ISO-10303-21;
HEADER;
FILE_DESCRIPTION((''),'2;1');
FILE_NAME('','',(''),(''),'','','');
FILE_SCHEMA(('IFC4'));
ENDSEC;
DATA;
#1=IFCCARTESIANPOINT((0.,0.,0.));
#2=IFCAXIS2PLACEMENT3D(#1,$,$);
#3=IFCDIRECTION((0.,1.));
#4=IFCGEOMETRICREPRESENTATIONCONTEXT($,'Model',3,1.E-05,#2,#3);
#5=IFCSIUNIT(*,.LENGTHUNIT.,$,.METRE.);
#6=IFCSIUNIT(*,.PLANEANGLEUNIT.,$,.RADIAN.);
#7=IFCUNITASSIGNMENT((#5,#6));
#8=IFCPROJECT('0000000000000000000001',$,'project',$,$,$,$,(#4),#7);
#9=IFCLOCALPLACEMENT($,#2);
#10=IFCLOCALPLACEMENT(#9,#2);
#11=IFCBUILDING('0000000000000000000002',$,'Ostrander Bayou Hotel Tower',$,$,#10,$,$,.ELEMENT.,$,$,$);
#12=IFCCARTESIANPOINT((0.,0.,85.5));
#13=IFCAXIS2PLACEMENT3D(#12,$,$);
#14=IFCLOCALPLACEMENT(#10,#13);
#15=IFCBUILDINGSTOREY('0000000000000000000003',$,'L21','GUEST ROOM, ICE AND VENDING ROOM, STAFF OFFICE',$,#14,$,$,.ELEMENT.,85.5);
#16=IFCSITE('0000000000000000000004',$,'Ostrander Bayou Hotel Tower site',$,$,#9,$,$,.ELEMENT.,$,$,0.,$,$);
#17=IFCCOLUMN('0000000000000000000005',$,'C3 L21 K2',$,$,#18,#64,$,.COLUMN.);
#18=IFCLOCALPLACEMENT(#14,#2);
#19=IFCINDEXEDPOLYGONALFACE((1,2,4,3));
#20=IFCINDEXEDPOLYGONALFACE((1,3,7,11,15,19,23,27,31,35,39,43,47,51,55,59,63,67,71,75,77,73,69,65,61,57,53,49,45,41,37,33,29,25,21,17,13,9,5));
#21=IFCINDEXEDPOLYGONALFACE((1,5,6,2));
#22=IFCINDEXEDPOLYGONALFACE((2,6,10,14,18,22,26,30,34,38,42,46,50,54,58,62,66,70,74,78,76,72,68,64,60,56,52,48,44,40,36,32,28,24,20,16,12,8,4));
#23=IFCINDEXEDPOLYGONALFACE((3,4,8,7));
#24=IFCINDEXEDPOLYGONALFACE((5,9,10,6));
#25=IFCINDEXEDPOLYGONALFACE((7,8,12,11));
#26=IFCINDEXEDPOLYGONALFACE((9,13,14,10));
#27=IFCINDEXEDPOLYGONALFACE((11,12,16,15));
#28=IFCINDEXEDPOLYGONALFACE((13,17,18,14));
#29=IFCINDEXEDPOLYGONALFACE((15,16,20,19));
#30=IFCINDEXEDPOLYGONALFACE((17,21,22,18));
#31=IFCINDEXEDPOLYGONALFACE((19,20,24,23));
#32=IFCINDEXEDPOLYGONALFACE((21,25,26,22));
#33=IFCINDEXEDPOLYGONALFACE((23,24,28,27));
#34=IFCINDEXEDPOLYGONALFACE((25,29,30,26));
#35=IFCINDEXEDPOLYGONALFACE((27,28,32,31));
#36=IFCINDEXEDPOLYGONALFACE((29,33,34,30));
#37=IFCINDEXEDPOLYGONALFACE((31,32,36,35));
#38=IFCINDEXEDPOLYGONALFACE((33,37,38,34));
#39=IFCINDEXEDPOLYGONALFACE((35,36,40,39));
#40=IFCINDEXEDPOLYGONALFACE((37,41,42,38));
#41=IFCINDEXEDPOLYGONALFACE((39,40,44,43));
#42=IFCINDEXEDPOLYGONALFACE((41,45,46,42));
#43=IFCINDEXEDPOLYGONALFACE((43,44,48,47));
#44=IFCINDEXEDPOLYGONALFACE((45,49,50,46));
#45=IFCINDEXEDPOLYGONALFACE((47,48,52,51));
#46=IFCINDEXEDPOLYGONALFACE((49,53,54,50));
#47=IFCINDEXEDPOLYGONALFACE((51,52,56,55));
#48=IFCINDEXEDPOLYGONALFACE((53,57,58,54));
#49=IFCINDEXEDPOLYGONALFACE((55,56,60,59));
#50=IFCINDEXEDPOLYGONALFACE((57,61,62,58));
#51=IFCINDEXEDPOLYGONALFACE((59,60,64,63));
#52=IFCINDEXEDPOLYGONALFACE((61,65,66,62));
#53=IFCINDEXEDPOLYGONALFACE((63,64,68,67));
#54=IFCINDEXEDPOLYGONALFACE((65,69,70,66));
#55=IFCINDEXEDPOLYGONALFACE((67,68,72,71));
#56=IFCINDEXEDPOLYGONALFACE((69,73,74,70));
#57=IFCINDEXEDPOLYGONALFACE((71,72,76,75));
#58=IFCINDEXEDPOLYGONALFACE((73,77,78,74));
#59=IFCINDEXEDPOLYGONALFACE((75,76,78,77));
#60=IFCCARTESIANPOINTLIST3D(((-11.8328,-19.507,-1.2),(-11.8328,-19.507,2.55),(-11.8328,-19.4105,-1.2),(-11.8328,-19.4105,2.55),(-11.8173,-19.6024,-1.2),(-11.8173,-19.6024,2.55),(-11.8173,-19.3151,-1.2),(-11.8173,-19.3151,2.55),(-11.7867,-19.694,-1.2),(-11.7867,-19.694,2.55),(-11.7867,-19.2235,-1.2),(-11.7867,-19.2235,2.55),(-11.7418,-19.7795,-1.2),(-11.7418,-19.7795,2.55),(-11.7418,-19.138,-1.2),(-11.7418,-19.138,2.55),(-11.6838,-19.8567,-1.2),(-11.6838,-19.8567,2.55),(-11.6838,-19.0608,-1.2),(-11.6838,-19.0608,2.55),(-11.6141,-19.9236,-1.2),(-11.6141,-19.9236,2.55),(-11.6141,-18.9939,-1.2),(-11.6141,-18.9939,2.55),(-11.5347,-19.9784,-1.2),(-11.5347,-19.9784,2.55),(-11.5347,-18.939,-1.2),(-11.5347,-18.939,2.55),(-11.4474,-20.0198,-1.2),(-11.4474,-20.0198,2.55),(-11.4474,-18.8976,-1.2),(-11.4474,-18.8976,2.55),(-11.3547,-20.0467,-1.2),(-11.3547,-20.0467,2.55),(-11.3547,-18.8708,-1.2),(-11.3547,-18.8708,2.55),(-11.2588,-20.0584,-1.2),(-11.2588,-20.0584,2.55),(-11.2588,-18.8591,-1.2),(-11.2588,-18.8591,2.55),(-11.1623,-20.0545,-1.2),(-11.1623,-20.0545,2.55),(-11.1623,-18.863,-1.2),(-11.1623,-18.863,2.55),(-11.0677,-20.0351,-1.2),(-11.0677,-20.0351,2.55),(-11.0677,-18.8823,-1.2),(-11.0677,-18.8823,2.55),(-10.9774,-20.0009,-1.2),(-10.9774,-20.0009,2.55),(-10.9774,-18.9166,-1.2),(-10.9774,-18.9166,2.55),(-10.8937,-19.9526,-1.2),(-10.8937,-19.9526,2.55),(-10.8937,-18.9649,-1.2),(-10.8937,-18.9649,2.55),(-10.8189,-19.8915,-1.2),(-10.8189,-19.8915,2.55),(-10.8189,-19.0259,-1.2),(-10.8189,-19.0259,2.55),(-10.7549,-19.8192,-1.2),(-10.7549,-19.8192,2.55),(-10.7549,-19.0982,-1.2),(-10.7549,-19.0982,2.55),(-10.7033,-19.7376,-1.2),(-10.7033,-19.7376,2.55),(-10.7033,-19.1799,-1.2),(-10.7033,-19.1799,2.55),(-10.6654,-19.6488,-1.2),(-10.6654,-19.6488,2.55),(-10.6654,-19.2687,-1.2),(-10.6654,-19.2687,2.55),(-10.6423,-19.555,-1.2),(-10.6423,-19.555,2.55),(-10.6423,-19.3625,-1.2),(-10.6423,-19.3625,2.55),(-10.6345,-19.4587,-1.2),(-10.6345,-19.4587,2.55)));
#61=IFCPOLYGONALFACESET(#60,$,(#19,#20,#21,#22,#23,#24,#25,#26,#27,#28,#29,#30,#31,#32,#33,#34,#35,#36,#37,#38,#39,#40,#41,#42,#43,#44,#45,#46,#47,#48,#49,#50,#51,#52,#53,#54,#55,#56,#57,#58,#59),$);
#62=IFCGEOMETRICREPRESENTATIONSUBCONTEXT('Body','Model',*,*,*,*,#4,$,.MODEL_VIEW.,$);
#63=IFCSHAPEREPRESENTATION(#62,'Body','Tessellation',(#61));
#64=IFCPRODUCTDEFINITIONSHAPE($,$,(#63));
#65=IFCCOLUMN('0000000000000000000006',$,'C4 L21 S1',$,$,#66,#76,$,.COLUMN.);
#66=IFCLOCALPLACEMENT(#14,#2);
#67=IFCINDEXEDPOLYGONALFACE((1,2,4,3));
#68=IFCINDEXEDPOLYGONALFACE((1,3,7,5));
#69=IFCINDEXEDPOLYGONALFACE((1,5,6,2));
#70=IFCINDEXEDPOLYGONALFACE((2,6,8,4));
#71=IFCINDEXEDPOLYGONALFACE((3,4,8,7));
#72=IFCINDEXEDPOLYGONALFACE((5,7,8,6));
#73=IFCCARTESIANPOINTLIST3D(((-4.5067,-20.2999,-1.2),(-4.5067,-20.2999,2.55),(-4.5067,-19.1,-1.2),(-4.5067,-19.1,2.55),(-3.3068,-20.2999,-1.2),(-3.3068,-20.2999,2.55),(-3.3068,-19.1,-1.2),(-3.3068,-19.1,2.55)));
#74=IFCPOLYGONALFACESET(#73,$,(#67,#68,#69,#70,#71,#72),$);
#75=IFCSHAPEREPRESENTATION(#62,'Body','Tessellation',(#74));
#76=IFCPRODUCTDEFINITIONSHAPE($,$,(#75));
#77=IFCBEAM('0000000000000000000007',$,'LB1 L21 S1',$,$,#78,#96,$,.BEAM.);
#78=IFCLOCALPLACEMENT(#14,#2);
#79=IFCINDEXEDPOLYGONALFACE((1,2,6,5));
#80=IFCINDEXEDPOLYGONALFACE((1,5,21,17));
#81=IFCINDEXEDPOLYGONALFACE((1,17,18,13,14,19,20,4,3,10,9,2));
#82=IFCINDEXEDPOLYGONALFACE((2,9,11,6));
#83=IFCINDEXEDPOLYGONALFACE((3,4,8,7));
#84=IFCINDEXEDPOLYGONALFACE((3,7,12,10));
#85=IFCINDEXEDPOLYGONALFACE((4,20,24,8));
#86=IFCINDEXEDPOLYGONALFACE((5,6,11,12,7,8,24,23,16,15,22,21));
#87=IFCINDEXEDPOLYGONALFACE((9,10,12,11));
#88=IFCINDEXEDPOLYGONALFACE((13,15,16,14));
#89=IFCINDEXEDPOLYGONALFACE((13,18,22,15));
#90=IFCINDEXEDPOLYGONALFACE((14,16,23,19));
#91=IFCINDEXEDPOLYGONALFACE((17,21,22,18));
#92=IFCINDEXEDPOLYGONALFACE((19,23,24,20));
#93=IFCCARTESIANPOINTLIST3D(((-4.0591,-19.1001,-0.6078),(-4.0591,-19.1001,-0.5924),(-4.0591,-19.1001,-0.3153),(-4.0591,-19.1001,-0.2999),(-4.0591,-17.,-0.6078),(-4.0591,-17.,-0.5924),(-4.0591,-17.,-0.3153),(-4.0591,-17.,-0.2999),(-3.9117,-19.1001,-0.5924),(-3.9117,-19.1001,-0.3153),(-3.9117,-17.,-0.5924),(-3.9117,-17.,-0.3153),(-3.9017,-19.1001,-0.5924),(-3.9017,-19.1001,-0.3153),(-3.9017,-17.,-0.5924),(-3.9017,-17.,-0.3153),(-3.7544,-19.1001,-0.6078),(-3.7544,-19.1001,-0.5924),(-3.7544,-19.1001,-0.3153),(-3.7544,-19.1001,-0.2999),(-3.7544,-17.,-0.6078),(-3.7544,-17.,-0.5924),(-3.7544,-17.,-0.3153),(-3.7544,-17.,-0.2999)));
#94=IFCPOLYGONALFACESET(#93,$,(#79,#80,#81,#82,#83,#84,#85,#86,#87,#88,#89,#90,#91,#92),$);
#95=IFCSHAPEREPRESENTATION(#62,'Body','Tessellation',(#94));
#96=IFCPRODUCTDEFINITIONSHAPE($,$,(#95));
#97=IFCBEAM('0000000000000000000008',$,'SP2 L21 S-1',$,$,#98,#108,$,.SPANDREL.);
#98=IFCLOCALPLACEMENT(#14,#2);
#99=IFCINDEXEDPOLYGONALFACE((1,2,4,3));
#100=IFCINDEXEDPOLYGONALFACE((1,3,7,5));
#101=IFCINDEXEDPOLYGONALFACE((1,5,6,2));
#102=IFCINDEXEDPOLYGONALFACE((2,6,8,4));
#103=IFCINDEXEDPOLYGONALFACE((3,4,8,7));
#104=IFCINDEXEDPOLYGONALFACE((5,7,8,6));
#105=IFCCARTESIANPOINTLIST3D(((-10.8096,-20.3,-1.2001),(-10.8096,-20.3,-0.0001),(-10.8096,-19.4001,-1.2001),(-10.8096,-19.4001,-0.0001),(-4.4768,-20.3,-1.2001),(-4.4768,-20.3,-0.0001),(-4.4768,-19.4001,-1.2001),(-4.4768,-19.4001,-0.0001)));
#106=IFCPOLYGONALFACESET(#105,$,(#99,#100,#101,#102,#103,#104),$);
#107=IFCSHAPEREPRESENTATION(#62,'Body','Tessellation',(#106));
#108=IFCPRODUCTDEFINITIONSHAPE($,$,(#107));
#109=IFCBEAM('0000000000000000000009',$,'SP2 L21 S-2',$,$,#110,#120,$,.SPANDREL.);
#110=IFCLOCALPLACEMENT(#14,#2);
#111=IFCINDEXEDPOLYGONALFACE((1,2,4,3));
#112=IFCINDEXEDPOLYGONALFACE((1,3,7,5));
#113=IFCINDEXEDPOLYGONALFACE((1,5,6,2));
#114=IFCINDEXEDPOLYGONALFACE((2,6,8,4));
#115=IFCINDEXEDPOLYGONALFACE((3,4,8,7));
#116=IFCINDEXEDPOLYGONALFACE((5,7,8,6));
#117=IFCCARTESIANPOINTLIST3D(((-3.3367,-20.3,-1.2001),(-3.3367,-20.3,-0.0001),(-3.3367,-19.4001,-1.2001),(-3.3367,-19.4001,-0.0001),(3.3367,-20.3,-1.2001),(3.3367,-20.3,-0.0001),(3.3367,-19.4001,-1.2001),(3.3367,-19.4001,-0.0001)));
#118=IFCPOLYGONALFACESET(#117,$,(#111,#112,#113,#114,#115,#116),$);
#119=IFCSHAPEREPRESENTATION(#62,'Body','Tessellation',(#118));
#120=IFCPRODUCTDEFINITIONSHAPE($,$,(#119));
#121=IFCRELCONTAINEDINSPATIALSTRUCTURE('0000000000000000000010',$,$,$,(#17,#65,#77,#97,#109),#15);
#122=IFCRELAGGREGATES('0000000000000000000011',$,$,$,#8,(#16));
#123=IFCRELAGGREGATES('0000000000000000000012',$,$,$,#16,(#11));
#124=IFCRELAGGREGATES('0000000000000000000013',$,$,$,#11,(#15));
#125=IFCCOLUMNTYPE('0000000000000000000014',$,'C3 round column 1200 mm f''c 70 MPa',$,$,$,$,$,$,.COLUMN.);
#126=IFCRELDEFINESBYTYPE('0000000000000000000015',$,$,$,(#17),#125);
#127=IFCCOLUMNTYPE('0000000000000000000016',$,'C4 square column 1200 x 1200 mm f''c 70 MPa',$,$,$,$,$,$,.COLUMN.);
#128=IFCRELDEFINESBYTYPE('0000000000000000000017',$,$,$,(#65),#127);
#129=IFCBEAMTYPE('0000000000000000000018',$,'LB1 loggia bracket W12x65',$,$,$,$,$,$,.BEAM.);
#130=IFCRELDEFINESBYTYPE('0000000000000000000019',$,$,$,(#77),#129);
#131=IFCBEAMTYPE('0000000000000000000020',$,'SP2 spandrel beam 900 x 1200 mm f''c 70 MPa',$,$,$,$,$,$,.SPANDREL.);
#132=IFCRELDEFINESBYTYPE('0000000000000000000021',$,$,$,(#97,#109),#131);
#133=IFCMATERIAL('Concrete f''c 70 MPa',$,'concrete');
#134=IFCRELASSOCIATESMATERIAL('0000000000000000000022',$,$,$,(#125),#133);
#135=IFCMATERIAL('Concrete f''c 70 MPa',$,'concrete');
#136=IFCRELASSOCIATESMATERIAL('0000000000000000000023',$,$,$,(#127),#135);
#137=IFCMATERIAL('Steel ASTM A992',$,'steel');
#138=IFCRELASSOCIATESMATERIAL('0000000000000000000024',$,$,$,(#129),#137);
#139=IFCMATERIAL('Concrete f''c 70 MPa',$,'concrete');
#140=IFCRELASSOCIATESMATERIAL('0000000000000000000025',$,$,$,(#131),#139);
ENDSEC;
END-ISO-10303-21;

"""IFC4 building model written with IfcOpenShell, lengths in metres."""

from ifc_helpers import new_model, si_unit, direction, frame, origin, origin_2d, place, context, subcontext, project, spatial, rectangle, circle, i_section, extrude, material, material_profile, profile_set, type_object, element, save


model = new_model("IFC4")

# Units and contexts
model_context = context("Model", 3, precision=1e-05, world=origin(), true_north=direction((0.0, 1.0)))
body_context = subcontext(model_context, "Body", "Model", "MODEL_VIEW")
ifc_project = project(units=[si_unit("LENGTHUNIT", "METRE"), si_unit("PLANEANGLEUNIT", "RADIAN")], contexts=[model_context])

# Site, building, storey
site_placement = place(None, origin())
site = spatial("IfcSite", under=ifc_project, at=site_placement, Name="Ostrander Bayou Hotel Tower site", CompositionType="ELEMENT", RefElevation=0.0)
building_placement = place(site_placement, origin())
building = spatial("IfcBuilding", under=site, at=building_placement, Name="Ostrander Bayou Hotel Tower", CompositionType="ELEMENT")
storey_placement = place(building_placement, frame((0.0, 0.0, 85.5)))
storey = spatial("IfcBuildingStorey", under=building, at=storey_placement, Name="L21", Description="GUEST ROOM, ICE AND VENDING ROOM, STAFF OFFICE", CompositionType="ELEMENT", Elevation=85.5)

# Columns
ifc_material_1 = material(Name="Concrete f'c 70 MPa", Category="concrete")
ifc_material_profile_1 = material_profile(ifc_material_1, circle(Radius=0.6001, at=origin_2d()))
ifc_profile_set_1 = profile_set([ifc_material_profile_1], Name="Concrete f'c 70 MPa")
column_type_1 = type_object("IfcColumnType", Name="C3 round column 1200 mm f'c 70 MPa", PredefinedType="COLUMN", material=ifc_profile_set_1)
column_1_placement = place(storey_placement, frame((-11.2346, -19.4587, -1.2), z_axis=(0.0, 0.0, 1.0), x_axis=(1.0, 0.0, 0.0)))
element("IfcColumn", 1, at=column_1_placement, inside=storey, type_object=column_type_1, Name="C3 L21 K2", PredefinedType="COLUMN", context=body_context, shape_type="SweptSolid", body=[
    extrude(circle(Radius=0.6001, at=origin_2d()), origin(), (0.0, 0.0, 1.0), 3.75),
])
ifc_material_2 = material(Name="Concrete f'c 70 MPa", Category="concrete")
ifc_material_profile_2 = material_profile(ifc_material_2, rectangle(XDim=1.2, YDim=1.2, at=origin_2d()))
ifc_profile_set_2 = profile_set([ifc_material_profile_2], Name="Concrete f'c 70 MPa")
column_type_2 = type_object("IfcColumnType", Name="C4 square column 1200 x 1200 mm f'c 70 MPa", PredefinedType="COLUMN", material=ifc_profile_set_2)
column_2_placement = place(storey_placement, frame((-3.9067, -19.7, -1.2), z_axis=(0.0, 0.0, 1.0), x_axis=(-1.0, 0.0, 0.0)))
element("IfcColumn", 2, at=column_2_placement, inside=storey, type_object=column_type_2, Name="C4 L21 S1", PredefinedType="COLUMN", context=body_context, shape_type="SweptSolid", body=[
    extrude(rectangle(XDim=1.2, YDim=1.2, at=origin_2d()), origin(), (0.0, 0.0, 1.0), 3.75),
])

# Beams
ifc_material_3 = material(Name="Steel ASTM A992", Category="steel")
ifc_material_profile_3 = material_profile(ifc_material_3, i_section(OverallWidth=0.3047, OverallDepth=0.3079, WebThickness=0.01, FlangeThickness=0.0154, at=origin_2d()))
ifc_profile_set_3 = profile_set([ifc_material_profile_3], Name="Steel ASTM A992")
beam_type_1 = type_object("IfcBeamType", Name="LB1 loggia bracket W12x65", PredefinedType="BEAM", material=ifc_profile_set_3)
beam_1_placement = place(storey_placement, frame((-3.9067, -19.1001, -0.4539), z_axis=(0.0, 1.0, 0.0), x_axis=(-1.0, 0.0, 0.0)))
element("IfcBeam", 3, at=beam_1_placement, inside=storey, type_object=beam_type_1, Name="LB1 L21 S1", PredefinedType="BEAM", context=body_context, shape_type="SweptSolid", body=[
    extrude(i_section(OverallWidth=0.3047, OverallDepth=0.3079, WebThickness=0.01, FlangeThickness=0.0154, at=origin_2d()), origin(), (0.0, 0.0, 1.0), 2.1001),
])
ifc_material_4 = material(Name="Concrete f'c 70 MPa", Category="concrete")
ifc_material_profile_4 = material_profile(ifc_material_4, rectangle(XDim=0.8999, YDim=1.2, at=origin_2d()))
ifc_profile_set_4 = profile_set([ifc_material_profile_4], Name="Concrete f'c 70 MPa")
beam_type_2 = type_object("IfcBeamType", Name="SP2 spandrel beam 900 x 1200 mm f'c 70 MPa", PredefinedType="SPANDREL", material=ifc_profile_set_4)
beam_2_placement = place(storey_placement, frame((-10.8096, -19.8501, -0.6001), z_axis=(1.0, 0.0, 0.0), x_axis=(0.0, 1.0, 0.0)))
element("IfcBeam", 4, at=beam_2_placement, inside=storey, type_object=beam_type_2, Name="SP2 L21 S-1", PredefinedType="SPANDREL", context=body_context, shape_type="SweptSolid", body=[
    extrude(rectangle(XDim=0.8999, YDim=1.2, at=origin_2d()), origin(), (0.0, 0.0, 1.0), 6.3328),
])
beam_3_placement = place(storey_placement, frame((-3.3367, -19.8501, -0.6001), z_axis=(1.0, 0.0, 0.0), x_axis=(0.0, 1.0, 0.0)))
element("IfcBeam", 5, at=beam_3_placement, inside=storey, type_object=beam_type_2, Name="SP2 L21 S-2", PredefinedType="SPANDREL", context=body_context, shape_type="SweptSolid", body=[
    extrude(rectangle(XDim=0.8999, YDim=1.2, at=origin_2d()), origin(), (0.0, 0.0, 1.0), 6.6733),
])

save(model, "model.ifc")
